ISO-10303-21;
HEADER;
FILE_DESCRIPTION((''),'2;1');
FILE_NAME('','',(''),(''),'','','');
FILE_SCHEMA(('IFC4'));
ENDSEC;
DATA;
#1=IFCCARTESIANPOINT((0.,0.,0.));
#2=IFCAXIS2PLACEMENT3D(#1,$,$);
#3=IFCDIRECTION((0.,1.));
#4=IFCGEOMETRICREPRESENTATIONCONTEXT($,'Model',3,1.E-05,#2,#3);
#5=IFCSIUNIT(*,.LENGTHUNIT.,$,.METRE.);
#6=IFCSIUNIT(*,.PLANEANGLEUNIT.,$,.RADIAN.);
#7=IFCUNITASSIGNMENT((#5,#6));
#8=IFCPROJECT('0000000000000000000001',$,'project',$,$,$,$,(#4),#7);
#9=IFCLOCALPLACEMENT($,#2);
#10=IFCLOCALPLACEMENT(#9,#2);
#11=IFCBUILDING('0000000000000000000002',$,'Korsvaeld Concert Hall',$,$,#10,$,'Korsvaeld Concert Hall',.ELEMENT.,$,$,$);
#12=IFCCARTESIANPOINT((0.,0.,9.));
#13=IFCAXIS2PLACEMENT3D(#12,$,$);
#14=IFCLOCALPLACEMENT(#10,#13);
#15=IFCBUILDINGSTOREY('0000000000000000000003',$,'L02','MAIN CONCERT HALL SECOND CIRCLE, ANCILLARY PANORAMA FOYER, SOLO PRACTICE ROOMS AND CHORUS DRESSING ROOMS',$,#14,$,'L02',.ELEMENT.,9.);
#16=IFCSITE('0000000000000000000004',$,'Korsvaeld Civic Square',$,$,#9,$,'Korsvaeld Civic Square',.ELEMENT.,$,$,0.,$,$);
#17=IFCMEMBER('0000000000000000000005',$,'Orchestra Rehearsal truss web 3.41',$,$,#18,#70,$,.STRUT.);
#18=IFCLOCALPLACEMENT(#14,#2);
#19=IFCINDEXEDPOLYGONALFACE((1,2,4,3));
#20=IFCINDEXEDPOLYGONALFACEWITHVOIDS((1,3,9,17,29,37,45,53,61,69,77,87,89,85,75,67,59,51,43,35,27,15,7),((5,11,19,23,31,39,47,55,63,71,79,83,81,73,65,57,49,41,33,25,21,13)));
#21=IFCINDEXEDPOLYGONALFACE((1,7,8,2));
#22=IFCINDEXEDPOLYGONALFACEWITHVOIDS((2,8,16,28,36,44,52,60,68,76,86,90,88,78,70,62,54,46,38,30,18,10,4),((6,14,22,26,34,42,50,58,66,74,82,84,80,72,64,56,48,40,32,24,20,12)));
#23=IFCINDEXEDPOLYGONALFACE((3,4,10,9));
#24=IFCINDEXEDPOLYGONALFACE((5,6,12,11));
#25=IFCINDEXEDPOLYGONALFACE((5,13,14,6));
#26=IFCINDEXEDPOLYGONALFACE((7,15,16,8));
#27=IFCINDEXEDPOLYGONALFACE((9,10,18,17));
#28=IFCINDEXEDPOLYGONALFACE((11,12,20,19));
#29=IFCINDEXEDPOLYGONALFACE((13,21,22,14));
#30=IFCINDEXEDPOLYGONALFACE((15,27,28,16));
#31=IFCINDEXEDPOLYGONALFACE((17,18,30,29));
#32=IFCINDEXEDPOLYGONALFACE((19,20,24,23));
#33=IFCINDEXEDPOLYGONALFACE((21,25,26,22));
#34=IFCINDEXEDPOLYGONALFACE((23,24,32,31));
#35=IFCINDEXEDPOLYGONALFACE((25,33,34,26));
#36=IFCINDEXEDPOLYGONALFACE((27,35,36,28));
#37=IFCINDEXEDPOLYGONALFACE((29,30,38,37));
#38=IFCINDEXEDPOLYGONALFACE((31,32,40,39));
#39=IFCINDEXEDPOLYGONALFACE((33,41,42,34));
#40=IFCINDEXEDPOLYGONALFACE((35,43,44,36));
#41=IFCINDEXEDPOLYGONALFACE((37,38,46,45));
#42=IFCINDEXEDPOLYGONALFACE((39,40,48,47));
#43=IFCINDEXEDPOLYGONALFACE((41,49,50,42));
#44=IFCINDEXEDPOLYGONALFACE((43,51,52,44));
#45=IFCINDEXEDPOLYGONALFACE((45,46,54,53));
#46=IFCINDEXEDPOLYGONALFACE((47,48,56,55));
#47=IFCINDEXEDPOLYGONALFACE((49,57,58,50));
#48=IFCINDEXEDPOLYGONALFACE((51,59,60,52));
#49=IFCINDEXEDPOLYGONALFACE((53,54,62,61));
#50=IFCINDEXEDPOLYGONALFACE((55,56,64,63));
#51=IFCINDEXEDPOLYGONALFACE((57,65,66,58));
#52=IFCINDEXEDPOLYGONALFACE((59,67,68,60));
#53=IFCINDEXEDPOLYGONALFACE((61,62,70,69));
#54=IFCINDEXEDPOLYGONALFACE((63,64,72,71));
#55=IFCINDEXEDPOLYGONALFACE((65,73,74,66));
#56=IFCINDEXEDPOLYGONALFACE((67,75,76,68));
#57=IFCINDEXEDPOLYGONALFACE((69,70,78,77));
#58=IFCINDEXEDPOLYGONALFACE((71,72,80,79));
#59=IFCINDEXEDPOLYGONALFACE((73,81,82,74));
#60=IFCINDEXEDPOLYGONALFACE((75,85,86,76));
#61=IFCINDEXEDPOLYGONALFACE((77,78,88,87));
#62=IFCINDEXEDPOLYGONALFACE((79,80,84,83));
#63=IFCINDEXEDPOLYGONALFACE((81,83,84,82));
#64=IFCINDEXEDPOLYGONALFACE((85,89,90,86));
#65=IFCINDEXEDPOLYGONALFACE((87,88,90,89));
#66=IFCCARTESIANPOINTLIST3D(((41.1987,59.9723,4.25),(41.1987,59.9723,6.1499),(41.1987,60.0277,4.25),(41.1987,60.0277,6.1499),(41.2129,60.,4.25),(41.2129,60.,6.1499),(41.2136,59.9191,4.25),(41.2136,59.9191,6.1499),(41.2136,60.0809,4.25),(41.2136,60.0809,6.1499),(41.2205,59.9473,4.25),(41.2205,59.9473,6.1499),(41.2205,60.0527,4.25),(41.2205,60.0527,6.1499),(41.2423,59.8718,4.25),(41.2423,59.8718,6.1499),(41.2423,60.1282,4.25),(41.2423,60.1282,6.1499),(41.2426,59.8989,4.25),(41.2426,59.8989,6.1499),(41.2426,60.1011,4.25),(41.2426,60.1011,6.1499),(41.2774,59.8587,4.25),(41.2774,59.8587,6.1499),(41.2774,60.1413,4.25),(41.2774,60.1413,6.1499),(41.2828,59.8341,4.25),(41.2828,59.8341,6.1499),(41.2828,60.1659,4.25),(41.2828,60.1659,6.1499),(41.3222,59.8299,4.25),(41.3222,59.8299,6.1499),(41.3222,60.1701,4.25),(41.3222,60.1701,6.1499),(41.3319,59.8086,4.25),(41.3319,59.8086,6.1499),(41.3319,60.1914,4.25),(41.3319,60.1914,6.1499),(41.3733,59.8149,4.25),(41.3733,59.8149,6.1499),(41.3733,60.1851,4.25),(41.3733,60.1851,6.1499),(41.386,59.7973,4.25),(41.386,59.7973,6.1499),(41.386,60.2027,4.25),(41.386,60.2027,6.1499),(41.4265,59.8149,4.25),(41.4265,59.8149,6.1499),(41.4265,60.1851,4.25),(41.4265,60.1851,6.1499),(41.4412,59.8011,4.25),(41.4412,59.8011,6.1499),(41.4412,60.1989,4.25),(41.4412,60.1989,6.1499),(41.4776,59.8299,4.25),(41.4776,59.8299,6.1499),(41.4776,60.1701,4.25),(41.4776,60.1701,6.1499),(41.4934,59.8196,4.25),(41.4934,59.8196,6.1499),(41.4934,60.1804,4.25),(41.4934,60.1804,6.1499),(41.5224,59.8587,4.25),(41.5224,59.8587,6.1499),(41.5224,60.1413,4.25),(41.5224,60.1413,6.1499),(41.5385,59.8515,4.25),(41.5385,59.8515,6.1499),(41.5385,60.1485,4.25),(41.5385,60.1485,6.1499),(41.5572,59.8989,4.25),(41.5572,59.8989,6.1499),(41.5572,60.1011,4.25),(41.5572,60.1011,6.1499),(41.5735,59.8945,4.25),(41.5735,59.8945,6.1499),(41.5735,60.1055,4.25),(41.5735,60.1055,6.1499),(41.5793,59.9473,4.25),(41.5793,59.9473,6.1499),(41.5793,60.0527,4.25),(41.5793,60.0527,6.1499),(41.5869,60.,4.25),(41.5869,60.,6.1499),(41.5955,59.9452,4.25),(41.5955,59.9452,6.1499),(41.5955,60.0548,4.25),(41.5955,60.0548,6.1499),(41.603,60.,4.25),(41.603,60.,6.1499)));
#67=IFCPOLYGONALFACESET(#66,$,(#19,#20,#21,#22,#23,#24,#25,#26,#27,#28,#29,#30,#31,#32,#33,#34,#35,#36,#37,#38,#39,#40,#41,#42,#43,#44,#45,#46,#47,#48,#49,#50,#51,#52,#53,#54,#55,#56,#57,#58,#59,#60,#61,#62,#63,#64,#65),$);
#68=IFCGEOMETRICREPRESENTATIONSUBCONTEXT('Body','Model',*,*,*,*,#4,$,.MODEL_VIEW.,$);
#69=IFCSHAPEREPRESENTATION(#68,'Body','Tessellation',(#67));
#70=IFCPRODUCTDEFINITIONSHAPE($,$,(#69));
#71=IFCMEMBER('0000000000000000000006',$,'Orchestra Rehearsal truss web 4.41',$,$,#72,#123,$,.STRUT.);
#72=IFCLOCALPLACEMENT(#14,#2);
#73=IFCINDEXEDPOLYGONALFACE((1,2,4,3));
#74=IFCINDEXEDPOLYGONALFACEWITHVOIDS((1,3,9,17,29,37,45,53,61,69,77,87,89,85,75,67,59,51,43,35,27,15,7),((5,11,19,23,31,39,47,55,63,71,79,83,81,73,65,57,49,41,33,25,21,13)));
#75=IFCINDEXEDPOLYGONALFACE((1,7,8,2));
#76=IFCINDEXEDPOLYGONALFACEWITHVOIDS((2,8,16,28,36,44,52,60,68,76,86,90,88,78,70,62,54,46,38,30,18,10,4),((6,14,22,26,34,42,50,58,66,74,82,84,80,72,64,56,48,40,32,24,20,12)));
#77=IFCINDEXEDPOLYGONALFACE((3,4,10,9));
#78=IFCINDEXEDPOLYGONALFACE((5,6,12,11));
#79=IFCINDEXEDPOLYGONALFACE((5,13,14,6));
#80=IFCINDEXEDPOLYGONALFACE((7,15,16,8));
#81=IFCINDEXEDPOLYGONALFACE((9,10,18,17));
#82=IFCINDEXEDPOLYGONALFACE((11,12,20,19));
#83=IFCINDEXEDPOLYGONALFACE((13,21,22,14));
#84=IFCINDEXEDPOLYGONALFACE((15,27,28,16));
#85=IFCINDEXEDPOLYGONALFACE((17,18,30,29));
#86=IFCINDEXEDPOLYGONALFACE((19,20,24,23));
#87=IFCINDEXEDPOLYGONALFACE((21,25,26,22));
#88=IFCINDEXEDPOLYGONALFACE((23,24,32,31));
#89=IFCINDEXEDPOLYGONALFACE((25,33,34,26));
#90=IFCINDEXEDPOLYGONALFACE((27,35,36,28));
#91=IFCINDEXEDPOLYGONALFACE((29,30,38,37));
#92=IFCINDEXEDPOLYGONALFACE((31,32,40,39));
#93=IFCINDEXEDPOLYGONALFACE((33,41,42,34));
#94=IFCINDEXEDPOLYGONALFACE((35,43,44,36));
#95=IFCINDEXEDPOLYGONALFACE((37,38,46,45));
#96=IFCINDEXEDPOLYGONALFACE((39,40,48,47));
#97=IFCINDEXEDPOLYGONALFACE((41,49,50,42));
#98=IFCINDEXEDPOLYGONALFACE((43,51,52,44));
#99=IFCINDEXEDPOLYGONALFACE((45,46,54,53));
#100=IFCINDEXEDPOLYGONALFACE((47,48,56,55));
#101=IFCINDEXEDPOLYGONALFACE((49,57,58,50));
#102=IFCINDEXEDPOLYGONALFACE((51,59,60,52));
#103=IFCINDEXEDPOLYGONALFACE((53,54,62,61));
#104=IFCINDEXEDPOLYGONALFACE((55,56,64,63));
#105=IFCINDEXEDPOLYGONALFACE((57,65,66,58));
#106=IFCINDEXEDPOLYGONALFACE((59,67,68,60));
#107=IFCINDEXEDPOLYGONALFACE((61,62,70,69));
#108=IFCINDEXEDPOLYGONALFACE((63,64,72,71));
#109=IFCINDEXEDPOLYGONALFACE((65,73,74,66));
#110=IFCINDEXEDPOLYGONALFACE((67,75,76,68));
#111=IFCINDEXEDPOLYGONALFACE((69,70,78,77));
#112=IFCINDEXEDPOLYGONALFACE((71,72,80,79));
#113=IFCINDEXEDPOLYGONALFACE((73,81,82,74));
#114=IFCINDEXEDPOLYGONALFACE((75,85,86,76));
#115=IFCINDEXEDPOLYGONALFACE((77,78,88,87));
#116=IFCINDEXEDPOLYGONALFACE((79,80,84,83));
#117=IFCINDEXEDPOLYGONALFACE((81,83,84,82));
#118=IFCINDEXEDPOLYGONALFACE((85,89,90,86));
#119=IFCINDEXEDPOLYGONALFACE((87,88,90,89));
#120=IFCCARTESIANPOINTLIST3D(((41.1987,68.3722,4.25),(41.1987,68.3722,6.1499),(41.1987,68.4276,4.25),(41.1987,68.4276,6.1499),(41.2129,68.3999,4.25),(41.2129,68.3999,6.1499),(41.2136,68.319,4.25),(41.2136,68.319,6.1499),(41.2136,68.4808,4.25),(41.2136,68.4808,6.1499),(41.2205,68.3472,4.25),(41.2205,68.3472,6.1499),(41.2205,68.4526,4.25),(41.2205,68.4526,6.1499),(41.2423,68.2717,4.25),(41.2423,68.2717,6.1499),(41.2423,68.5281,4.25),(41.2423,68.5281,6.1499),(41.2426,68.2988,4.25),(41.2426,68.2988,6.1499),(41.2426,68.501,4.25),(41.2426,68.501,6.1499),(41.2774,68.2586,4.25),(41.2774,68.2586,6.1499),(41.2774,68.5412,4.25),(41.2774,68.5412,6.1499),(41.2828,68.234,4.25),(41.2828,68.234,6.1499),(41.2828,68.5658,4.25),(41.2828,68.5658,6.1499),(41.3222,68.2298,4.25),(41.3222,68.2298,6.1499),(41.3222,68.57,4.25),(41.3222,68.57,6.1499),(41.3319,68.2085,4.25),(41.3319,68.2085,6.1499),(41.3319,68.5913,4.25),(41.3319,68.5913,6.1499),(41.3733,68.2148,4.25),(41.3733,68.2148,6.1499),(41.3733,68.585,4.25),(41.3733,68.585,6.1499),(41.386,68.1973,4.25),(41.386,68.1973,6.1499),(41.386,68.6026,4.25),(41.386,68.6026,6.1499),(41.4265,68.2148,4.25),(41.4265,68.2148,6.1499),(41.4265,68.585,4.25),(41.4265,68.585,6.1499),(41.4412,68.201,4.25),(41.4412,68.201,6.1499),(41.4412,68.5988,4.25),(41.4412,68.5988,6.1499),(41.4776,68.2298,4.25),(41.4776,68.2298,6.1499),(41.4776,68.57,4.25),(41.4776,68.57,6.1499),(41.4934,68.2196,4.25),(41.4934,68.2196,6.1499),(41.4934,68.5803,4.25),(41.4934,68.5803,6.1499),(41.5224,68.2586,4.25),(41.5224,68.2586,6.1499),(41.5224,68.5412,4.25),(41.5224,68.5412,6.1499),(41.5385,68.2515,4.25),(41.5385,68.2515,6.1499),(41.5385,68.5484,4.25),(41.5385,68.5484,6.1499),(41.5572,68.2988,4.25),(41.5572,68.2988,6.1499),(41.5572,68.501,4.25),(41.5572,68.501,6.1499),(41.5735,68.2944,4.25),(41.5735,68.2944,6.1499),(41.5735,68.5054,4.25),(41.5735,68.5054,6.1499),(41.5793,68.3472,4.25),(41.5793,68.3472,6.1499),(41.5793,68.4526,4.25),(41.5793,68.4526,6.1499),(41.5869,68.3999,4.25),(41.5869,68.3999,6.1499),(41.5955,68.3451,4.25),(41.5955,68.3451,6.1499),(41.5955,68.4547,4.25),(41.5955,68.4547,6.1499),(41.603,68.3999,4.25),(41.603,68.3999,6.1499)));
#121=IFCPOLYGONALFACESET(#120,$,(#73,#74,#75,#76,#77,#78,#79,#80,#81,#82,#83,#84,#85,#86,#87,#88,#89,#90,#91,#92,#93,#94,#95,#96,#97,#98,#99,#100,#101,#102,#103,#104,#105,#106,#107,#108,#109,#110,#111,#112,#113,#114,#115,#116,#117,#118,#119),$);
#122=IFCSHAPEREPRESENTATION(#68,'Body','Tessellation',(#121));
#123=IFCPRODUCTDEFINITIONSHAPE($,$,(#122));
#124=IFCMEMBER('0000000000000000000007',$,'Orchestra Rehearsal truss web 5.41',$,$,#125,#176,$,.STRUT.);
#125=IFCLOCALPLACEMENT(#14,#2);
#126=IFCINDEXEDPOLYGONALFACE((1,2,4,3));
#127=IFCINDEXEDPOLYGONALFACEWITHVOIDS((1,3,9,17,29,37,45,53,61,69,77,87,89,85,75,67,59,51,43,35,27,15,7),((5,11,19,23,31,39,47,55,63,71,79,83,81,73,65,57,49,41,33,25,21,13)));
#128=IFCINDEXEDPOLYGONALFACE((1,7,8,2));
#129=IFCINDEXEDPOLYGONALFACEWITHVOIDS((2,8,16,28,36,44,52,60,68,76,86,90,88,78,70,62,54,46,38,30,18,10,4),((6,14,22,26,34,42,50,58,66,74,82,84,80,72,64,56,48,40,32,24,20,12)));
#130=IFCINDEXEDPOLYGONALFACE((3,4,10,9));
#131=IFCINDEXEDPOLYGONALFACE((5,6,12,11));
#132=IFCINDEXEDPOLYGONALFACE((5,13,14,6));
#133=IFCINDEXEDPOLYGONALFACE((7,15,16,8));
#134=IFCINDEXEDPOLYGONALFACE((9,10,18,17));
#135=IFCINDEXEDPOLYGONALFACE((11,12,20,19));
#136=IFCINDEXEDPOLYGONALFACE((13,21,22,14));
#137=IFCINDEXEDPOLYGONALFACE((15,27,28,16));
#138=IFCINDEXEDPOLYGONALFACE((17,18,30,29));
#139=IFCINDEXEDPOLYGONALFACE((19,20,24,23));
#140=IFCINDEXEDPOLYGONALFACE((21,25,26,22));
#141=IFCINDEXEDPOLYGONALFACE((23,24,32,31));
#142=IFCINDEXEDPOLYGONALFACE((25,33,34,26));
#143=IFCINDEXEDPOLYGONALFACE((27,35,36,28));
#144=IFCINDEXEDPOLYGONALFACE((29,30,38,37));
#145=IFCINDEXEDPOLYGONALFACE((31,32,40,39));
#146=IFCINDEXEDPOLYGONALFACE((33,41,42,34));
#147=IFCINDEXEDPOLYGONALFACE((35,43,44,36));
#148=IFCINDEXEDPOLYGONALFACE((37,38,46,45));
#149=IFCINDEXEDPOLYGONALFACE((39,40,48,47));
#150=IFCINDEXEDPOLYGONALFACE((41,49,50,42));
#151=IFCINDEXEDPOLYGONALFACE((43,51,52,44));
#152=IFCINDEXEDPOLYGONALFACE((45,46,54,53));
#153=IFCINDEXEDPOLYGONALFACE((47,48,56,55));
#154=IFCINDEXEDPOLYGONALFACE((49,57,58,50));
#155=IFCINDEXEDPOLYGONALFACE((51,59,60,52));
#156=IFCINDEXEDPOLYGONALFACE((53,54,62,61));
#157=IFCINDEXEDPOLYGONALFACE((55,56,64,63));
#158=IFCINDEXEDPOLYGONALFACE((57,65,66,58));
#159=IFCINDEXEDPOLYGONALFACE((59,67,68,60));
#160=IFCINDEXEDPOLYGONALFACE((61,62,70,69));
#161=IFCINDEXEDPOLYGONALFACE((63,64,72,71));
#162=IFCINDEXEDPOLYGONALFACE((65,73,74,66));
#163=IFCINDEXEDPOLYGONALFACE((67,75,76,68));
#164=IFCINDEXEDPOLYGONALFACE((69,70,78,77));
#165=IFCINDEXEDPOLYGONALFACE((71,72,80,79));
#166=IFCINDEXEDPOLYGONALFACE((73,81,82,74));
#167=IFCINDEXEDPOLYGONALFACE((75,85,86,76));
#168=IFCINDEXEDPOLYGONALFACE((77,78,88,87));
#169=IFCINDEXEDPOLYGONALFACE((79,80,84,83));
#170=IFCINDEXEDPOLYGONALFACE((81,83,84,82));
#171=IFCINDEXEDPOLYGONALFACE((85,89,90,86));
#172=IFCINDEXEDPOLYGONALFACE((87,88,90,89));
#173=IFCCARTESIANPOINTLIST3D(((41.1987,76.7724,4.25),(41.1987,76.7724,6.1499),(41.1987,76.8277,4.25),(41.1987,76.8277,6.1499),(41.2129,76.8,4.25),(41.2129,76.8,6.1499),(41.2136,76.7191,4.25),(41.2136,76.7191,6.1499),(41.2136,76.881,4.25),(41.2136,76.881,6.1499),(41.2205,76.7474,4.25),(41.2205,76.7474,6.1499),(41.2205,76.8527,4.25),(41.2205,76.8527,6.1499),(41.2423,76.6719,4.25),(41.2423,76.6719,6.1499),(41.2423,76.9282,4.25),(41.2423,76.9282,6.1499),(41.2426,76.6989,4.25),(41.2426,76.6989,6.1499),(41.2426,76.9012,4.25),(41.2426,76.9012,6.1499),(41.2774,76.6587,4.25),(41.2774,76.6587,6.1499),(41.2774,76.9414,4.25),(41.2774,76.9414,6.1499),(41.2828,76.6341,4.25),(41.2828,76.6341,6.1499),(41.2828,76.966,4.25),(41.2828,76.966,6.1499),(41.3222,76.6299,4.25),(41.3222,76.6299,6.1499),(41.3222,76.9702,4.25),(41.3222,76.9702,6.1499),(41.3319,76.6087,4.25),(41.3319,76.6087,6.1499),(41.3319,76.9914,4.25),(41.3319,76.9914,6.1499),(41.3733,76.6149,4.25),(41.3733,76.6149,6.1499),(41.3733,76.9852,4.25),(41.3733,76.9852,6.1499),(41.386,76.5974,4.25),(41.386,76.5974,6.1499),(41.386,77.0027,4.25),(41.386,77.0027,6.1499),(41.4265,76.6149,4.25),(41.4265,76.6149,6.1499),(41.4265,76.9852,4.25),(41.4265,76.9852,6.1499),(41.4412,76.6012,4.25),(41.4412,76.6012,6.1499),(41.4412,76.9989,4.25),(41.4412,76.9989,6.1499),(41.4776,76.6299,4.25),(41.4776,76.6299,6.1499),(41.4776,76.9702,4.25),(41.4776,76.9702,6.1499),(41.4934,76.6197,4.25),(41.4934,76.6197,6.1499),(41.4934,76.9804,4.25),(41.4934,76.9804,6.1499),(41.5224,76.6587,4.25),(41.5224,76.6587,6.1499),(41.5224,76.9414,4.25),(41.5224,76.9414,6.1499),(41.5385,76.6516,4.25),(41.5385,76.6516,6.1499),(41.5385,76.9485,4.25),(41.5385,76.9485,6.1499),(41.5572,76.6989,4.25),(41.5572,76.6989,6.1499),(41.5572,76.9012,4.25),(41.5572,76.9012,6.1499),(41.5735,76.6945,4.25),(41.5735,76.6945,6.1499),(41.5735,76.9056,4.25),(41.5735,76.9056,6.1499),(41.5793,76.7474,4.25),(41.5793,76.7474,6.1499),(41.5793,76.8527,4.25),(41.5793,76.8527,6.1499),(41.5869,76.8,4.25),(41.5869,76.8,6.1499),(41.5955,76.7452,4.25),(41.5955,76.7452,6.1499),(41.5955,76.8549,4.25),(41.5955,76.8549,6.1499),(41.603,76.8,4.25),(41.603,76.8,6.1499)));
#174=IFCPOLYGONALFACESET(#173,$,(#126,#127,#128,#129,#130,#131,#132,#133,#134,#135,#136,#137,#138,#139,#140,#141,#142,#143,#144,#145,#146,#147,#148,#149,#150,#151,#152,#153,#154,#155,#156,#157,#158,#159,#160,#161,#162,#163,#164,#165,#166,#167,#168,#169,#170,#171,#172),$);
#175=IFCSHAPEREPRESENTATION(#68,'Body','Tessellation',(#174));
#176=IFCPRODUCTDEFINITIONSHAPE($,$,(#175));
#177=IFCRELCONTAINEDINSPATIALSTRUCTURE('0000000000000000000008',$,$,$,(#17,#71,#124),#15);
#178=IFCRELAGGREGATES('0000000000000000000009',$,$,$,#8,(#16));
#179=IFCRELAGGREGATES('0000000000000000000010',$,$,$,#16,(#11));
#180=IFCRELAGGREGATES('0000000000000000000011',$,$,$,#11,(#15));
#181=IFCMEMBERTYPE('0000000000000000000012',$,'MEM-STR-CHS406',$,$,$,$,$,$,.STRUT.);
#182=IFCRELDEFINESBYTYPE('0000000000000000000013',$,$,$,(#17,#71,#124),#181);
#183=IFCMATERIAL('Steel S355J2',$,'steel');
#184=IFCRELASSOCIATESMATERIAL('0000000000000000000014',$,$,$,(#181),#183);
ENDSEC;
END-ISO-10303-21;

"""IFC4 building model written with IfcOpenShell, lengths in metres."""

from ifc_helpers import new_model, si_unit, direction, frame, origin, origin_2d, place, context, subcontext, project, spatial, hollow_circle, extrude, material, material_profile, profile_set, type_object, element, save


model = new_model("IFC4")

# Units and contexts
model_context = context("Model", 3, precision=1e-05, world=origin(), true_north=direction((0.0, 1.0)))
body_context = subcontext(model_context, "Body", "Model", "MODEL_VIEW")
ifc_project = project(units=[si_unit("LENGTHUNIT", "METRE"), si_unit("PLANEANGLEUNIT", "RADIAN")], contexts=[model_context])

# Site, building, storey
site_placement = place(None, origin())
site = spatial("IfcSite", under=ifc_project, at=site_placement, Name="Korsvaeld Civic Square", LongName="Korsvaeld Civic Square", CompositionType="ELEMENT", RefElevation=0.0)
building_placement = place(site_placement, origin())
building = spatial("IfcBuilding", under=site, at=building_placement, Name="Korsvaeld Concert Hall", LongName="Korsvaeld Concert Hall", CompositionType="ELEMENT")
storey_placement = place(building_placement, frame((0.0, 0.0, 9.0)))
storey = spatial("IfcBuildingStorey", under=building, at=storey_placement, Name="L02", Description="MAIN CONCERT HALL SECOND CIRCLE, ANCILLARY PANORAMA FOYER, SOLO PRACTICE ROOMS AND CHORUS DRESSING ROOMS", LongName="L02", CompositionType="ELEMENT", Elevation=9.0)

# Members
ifc_material_1 = material(Name="Steel S355J2", Category="steel")
ifc_material_profile_1 = material_profile(ifc_material_1, hollow_circle(Radius=0.2031, WallThickness=0.0161, at=origin_2d()), Name="CHS 406.4x16")
ifc_profile_set_1 = profile_set([ifc_material_profile_1], Name="Steel S355J2")
member_type_1 = type_object("IfcMemberType", Name="MEM-STR-CHS406", PredefinedType="STRUT", material=ifc_profile_set_1)
for number, where, z_axis, x_axis, name in (
    (1, (41.3999, 60.0, 4.25), (0.0, 0.0, 1.0), (1.0, 0.0, 0.0), "Orchestra Rehearsal truss web 3.41"),
    (2, (41.3999, 68.3999, 4.25), (0.0, 0.0, 1.0), (1.0, 0.0, 0.0), "Orchestra Rehearsal truss web 4.41"),
    (3, (41.3999, 76.8, 4.25), (0.0, 0.0, 1.0), (1.0, 0.0, 0.0), "Orchestra Rehearsal truss web 5.41"),
):
    element("IfcMember", number, at=place(storey_placement, frame(where, z_axis=z_axis, x_axis=x_axis)), inside=storey, type_object=member_type_1, Name=name, PredefinedType="STRUT", context=body_context, shape_type="SweptSolid", body=[
        extrude(hollow_circle(Radius=0.2031, WallThickness=0.0161, at=origin_2d()), origin(), (0.0, 0.0, 1.0), 1.8999),
    ])

save(model, "model.ifc")
